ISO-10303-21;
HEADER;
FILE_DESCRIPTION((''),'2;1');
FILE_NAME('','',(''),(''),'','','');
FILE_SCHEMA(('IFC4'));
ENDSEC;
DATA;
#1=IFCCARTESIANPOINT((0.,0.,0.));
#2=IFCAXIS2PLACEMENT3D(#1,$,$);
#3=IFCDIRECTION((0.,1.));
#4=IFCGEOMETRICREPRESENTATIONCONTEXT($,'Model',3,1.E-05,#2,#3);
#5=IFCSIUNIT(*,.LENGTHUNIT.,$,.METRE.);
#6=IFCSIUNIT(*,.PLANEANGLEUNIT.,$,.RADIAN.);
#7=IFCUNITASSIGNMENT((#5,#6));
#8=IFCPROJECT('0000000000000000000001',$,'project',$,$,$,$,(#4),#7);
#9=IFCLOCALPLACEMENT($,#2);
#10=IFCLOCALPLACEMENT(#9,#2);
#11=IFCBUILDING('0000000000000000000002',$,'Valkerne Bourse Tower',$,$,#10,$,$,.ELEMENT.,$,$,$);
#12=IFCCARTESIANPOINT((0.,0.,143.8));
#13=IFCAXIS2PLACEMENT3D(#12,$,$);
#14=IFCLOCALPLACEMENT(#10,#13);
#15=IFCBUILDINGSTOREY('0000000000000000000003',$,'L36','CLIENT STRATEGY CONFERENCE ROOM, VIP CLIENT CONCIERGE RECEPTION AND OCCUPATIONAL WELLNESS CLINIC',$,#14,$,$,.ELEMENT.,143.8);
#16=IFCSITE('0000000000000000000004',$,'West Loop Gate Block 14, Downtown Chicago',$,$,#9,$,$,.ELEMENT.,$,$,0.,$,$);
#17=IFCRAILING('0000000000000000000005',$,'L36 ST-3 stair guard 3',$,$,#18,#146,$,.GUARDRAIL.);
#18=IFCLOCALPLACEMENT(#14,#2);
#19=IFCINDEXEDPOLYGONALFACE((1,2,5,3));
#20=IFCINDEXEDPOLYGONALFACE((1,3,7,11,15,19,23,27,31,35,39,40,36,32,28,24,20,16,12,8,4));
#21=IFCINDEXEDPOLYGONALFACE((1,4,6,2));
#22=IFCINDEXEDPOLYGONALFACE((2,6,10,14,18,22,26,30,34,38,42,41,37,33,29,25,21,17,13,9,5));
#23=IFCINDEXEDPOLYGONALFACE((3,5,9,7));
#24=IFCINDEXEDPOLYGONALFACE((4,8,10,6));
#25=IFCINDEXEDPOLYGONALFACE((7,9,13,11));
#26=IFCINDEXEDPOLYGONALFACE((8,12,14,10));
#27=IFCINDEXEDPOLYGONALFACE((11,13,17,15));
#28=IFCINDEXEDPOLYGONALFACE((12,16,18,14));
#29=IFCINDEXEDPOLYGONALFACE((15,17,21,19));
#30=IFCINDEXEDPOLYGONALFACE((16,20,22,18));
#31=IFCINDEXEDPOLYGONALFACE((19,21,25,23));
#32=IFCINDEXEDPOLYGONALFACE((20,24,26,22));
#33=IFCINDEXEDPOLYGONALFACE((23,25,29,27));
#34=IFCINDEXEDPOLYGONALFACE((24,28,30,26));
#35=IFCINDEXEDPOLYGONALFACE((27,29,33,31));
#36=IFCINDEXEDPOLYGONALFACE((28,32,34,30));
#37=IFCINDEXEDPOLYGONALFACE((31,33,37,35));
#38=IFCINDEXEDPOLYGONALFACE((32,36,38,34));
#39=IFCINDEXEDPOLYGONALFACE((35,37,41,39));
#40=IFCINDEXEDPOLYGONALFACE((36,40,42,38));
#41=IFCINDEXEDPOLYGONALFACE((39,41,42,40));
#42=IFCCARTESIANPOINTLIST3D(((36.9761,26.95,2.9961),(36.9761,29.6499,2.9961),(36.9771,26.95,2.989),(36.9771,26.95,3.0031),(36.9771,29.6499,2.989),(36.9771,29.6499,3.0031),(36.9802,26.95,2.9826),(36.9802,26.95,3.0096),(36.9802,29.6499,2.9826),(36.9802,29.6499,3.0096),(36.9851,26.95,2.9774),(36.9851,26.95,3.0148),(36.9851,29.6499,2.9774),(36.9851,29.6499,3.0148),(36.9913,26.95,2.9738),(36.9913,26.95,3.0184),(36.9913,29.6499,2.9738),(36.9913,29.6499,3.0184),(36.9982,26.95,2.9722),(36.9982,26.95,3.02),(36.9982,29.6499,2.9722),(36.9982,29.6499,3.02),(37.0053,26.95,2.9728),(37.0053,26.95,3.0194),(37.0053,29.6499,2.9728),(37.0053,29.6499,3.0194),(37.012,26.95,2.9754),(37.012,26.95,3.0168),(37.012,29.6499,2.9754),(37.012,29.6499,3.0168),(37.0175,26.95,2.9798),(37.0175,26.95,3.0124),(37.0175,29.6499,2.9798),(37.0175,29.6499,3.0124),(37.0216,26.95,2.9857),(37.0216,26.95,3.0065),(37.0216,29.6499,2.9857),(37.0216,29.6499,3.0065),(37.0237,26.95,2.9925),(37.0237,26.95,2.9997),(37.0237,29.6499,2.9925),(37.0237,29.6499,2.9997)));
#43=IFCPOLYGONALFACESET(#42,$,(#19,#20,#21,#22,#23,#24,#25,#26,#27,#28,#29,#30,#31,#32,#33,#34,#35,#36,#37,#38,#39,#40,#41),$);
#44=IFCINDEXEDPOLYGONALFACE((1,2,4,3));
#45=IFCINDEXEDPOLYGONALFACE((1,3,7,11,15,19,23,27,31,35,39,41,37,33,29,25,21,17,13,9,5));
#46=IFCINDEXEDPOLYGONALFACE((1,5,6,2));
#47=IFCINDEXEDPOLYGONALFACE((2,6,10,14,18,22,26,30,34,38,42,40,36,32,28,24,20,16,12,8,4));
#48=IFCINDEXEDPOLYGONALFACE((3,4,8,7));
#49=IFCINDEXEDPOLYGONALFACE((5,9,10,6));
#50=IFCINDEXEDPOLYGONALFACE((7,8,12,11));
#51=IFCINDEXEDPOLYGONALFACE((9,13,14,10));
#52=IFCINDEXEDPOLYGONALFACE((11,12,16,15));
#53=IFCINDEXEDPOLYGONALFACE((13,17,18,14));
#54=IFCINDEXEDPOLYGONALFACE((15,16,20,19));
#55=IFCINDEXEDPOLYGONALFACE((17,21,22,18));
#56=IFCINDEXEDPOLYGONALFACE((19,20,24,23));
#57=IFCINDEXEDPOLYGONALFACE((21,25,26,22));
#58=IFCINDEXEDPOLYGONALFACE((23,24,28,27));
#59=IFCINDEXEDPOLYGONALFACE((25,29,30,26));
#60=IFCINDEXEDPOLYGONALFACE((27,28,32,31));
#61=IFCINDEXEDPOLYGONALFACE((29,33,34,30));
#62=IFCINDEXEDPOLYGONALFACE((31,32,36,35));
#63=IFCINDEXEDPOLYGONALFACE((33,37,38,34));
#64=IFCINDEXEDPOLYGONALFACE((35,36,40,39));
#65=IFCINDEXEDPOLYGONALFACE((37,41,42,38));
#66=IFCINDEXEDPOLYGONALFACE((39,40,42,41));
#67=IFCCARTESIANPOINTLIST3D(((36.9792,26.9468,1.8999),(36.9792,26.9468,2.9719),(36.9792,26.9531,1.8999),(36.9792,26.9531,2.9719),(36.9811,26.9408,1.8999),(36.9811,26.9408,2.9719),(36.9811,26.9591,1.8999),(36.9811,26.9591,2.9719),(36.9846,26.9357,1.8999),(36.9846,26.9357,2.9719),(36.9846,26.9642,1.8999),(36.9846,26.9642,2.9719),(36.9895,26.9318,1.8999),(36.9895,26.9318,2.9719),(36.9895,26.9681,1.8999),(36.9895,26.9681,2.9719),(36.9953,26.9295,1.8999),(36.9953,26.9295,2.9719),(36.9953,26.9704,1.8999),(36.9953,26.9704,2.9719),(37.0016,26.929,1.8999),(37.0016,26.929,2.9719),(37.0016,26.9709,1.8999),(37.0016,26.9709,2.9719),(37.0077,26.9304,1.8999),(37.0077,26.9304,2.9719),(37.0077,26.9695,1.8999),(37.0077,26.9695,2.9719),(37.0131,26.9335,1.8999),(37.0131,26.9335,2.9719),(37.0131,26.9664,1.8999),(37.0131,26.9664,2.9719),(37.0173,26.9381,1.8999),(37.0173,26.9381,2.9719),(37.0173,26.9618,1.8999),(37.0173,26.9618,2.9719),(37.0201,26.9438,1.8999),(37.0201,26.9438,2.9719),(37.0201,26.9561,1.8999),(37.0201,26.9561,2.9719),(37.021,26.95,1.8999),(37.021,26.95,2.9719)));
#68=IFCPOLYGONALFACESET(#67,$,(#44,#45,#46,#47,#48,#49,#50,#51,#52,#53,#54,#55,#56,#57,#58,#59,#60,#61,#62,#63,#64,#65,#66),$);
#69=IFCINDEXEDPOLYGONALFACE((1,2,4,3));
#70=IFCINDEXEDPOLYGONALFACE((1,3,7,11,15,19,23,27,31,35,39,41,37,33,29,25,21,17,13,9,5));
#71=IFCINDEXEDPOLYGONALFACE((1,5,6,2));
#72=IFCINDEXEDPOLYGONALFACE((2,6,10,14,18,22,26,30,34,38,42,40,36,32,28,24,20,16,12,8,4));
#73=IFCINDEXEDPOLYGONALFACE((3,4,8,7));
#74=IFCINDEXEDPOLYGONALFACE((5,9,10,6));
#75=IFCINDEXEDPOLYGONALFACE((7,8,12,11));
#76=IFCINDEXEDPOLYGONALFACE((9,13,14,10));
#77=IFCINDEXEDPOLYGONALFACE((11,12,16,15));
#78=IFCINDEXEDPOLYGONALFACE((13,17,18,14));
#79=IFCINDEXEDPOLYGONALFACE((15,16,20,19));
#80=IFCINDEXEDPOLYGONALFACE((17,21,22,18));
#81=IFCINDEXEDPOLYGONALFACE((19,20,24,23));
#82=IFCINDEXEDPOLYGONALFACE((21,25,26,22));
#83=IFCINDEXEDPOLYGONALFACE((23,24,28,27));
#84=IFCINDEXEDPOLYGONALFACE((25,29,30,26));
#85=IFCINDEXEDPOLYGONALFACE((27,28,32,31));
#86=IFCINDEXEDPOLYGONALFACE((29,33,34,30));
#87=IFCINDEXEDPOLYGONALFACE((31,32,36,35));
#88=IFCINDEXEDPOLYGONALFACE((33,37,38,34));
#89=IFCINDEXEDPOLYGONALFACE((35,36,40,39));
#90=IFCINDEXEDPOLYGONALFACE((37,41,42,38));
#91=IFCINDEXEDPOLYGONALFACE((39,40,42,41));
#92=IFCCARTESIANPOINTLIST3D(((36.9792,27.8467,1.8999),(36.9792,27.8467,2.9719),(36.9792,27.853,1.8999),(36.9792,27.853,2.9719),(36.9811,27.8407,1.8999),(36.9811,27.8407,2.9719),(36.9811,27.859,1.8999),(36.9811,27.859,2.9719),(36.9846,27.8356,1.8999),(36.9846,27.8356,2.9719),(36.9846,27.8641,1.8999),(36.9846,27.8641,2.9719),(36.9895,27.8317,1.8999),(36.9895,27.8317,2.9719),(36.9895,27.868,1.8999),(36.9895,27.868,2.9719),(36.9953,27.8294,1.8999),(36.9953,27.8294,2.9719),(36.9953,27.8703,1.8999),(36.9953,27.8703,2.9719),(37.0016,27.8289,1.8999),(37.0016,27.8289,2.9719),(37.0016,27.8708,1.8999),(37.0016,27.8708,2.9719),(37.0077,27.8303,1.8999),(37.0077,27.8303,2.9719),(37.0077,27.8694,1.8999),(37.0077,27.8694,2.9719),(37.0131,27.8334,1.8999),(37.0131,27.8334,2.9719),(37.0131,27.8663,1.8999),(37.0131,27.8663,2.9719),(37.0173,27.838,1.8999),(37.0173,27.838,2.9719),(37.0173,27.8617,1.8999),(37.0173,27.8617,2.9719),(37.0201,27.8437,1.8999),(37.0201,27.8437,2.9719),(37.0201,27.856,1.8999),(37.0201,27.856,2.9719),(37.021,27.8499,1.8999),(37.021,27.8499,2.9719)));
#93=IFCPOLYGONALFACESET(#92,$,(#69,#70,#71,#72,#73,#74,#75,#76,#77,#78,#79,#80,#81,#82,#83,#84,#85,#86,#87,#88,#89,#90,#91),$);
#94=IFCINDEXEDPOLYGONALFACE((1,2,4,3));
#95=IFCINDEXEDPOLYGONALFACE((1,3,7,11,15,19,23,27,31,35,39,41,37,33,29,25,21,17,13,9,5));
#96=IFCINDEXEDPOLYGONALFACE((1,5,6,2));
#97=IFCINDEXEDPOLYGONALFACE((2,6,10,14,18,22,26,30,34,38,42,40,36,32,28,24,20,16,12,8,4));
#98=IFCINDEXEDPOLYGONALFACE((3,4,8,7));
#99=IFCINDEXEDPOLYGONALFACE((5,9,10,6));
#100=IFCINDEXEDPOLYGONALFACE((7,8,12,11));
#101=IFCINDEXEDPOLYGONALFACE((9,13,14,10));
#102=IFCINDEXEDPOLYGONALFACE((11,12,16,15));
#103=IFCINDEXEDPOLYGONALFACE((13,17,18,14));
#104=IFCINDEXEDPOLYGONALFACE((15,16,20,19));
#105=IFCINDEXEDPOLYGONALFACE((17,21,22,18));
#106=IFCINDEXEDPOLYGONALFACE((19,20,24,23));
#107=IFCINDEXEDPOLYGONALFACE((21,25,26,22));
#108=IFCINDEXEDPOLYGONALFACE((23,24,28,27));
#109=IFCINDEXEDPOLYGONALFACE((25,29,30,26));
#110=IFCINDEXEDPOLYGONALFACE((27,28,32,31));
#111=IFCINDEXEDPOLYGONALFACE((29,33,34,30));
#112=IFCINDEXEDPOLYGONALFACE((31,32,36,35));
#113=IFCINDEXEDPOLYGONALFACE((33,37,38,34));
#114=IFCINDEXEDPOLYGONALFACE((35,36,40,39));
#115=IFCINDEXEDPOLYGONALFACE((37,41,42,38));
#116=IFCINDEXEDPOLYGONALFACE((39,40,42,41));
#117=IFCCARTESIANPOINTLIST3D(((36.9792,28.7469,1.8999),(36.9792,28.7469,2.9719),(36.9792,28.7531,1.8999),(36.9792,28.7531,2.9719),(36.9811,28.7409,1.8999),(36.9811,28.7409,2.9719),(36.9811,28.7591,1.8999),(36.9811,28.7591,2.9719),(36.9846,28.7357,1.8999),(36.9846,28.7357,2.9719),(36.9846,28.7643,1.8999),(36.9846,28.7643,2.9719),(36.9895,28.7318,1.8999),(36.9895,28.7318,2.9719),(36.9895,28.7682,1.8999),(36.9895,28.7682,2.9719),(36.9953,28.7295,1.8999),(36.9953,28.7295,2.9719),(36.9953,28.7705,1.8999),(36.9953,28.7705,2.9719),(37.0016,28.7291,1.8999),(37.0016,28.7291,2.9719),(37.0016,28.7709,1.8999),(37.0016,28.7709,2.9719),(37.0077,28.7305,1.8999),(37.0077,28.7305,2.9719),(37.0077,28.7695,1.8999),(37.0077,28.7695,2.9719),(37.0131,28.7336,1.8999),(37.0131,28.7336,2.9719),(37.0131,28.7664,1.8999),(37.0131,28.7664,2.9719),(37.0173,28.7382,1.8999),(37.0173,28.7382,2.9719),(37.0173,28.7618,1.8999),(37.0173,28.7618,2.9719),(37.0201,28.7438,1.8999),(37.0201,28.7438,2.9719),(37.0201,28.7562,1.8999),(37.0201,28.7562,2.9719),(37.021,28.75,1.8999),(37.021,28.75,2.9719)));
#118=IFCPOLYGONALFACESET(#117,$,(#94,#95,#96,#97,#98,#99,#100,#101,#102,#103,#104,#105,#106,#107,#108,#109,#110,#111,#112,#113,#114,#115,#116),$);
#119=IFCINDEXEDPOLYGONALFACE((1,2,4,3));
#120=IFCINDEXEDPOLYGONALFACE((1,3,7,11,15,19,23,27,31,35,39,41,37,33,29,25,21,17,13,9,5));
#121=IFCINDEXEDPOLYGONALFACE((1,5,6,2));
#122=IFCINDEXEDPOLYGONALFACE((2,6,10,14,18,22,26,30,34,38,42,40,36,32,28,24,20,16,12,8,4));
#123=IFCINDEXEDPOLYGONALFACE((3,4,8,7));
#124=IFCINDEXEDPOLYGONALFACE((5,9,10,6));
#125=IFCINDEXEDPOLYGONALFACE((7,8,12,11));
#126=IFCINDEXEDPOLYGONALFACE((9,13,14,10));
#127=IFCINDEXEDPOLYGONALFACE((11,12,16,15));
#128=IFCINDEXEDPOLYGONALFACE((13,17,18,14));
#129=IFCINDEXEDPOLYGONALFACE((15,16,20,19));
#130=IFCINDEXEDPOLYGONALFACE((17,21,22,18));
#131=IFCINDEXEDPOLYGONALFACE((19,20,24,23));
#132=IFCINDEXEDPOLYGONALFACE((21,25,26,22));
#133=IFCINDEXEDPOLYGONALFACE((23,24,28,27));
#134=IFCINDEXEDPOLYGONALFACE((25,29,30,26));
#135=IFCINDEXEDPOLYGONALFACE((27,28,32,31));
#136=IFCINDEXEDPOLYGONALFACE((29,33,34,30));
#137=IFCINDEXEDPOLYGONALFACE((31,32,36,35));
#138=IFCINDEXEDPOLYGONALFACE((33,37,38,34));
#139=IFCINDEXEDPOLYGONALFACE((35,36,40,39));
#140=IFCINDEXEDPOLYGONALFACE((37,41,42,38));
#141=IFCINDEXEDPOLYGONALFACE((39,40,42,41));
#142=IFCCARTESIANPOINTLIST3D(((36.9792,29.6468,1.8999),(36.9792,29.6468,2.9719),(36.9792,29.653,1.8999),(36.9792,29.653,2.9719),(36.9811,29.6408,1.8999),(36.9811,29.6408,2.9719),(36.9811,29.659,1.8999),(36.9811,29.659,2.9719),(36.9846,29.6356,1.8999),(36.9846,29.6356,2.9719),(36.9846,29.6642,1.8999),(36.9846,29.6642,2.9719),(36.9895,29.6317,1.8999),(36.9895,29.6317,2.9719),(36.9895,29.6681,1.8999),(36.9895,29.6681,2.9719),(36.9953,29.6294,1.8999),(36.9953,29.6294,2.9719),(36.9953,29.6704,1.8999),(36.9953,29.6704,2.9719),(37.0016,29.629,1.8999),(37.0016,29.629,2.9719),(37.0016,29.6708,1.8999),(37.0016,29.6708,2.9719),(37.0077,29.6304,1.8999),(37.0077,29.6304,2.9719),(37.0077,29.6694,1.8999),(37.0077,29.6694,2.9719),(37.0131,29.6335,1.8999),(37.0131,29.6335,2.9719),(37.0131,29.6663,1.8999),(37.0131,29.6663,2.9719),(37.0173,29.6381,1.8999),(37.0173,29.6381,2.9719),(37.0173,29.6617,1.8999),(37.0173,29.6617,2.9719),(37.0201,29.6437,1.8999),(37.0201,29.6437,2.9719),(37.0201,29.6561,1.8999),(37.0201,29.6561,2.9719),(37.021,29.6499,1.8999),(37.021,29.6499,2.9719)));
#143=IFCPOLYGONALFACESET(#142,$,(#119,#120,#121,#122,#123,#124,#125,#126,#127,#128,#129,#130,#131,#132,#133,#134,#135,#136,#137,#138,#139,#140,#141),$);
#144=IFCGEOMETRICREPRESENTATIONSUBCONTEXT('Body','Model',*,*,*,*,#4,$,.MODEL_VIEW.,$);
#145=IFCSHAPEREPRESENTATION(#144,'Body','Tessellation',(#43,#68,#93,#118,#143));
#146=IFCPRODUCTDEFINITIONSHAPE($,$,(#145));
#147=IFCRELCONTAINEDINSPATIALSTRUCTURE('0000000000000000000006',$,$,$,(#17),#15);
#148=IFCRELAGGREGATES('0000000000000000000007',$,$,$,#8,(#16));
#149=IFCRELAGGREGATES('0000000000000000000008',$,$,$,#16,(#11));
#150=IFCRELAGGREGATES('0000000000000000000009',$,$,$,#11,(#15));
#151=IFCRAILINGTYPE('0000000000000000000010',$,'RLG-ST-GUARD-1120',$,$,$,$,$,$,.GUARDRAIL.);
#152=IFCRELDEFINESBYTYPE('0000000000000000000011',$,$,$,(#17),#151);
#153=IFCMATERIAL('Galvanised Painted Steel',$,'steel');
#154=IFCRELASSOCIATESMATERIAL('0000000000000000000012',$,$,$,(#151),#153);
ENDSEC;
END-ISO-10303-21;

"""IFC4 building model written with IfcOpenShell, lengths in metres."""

from ifc_helpers import new_model, si_unit, direction, frame, origin, origin_2d, place, context, subcontext, project, spatial, circle, extrude, material, type_object, element, save


model = new_model("IFC4")

# Units and contexts
model_context = context("Model", 3, precision=1e-05, world=origin(), true_north=direction((0.0, 1.0)))
body_context = subcontext(model_context, "Body", "Model", "MODEL_VIEW")
ifc_project = project(units=[si_unit("LENGTHUNIT", "METRE"), si_unit("PLANEANGLEUNIT", "RADIAN")], contexts=[model_context])

# Site, building, storey
site_placement = place(None, origin())
site = spatial("IfcSite", under=ifc_project, at=site_placement, Name="West Loop Gate Block 14, Downtown Chicago", CompositionType="ELEMENT", RefElevation=0.0)
building_placement = place(site_placement, origin())
building = spatial("IfcBuilding", under=site, at=building_placement, Name="Valkerne Bourse Tower", CompositionType="ELEMENT")
storey_placement = place(building_placement, frame((0.0, 0.0, 143.8)))
storey = spatial("IfcBuildingStorey", under=building, at=storey_placement, Name="L36", Description="CLIENT STRATEGY CONFERENCE ROOM, VIP CLIENT CONCIERGE RECEPTION AND OCCUPATIONAL WELLNESS CLINIC", CompositionType="ELEMENT", Elevation=143.8)

# Railing
ifc_material_1 = material(Name="Galvanised Painted Steel", Category="steel")
railing_type_1 = type_object("IfcRailingType", Name="RLG-ST-GUARD-1120", PredefinedType="GUARDRAIL", material=ifc_material_1)
for number, where, name in (
    (1, (37.0, 26.95, 1.8999), "L36 ST-3 stair guard 3"),
):
    element("IfcRailing", number, at=place(storey_placement, frame(where)), inside=storey, type_object=railing_type_1, Name=name, PredefinedType="GUARDRAIL", context=body_context, shape_type="SweptSolid", body=[
        extrude(circle(Radius=0.0239, at=origin_2d()), frame((0.0, 0.0, 1.0962), z_axis=(0.0, 1.0, 0.0), x_axis=(-1.0, 0.0, 0.0)), (0.0, 0.0, 1.0), 2.7),
        extrude(circle(Radius=0.021, at=origin_2d()), origin(), (0.0, 0.0, 1.0), 1.072),
        extrude(circle(Radius=0.021, at=origin_2d()), frame((0.0, 0.8999, 0.0)), (0.0, 0.0, 1.0), 1.072),
        extrude(circle(Radius=0.021, at=origin_2d()), frame((0.0, 1.8, 0.0)), (0.0, 0.0, 1.0), 1.072),
        extrude(circle(Radius=0.021, at=origin_2d()), frame((0.0, 2.7, 0.0)), (0.0, 0.0, 1.0), 1.072),
    ])

save(model, "model.ifc")
